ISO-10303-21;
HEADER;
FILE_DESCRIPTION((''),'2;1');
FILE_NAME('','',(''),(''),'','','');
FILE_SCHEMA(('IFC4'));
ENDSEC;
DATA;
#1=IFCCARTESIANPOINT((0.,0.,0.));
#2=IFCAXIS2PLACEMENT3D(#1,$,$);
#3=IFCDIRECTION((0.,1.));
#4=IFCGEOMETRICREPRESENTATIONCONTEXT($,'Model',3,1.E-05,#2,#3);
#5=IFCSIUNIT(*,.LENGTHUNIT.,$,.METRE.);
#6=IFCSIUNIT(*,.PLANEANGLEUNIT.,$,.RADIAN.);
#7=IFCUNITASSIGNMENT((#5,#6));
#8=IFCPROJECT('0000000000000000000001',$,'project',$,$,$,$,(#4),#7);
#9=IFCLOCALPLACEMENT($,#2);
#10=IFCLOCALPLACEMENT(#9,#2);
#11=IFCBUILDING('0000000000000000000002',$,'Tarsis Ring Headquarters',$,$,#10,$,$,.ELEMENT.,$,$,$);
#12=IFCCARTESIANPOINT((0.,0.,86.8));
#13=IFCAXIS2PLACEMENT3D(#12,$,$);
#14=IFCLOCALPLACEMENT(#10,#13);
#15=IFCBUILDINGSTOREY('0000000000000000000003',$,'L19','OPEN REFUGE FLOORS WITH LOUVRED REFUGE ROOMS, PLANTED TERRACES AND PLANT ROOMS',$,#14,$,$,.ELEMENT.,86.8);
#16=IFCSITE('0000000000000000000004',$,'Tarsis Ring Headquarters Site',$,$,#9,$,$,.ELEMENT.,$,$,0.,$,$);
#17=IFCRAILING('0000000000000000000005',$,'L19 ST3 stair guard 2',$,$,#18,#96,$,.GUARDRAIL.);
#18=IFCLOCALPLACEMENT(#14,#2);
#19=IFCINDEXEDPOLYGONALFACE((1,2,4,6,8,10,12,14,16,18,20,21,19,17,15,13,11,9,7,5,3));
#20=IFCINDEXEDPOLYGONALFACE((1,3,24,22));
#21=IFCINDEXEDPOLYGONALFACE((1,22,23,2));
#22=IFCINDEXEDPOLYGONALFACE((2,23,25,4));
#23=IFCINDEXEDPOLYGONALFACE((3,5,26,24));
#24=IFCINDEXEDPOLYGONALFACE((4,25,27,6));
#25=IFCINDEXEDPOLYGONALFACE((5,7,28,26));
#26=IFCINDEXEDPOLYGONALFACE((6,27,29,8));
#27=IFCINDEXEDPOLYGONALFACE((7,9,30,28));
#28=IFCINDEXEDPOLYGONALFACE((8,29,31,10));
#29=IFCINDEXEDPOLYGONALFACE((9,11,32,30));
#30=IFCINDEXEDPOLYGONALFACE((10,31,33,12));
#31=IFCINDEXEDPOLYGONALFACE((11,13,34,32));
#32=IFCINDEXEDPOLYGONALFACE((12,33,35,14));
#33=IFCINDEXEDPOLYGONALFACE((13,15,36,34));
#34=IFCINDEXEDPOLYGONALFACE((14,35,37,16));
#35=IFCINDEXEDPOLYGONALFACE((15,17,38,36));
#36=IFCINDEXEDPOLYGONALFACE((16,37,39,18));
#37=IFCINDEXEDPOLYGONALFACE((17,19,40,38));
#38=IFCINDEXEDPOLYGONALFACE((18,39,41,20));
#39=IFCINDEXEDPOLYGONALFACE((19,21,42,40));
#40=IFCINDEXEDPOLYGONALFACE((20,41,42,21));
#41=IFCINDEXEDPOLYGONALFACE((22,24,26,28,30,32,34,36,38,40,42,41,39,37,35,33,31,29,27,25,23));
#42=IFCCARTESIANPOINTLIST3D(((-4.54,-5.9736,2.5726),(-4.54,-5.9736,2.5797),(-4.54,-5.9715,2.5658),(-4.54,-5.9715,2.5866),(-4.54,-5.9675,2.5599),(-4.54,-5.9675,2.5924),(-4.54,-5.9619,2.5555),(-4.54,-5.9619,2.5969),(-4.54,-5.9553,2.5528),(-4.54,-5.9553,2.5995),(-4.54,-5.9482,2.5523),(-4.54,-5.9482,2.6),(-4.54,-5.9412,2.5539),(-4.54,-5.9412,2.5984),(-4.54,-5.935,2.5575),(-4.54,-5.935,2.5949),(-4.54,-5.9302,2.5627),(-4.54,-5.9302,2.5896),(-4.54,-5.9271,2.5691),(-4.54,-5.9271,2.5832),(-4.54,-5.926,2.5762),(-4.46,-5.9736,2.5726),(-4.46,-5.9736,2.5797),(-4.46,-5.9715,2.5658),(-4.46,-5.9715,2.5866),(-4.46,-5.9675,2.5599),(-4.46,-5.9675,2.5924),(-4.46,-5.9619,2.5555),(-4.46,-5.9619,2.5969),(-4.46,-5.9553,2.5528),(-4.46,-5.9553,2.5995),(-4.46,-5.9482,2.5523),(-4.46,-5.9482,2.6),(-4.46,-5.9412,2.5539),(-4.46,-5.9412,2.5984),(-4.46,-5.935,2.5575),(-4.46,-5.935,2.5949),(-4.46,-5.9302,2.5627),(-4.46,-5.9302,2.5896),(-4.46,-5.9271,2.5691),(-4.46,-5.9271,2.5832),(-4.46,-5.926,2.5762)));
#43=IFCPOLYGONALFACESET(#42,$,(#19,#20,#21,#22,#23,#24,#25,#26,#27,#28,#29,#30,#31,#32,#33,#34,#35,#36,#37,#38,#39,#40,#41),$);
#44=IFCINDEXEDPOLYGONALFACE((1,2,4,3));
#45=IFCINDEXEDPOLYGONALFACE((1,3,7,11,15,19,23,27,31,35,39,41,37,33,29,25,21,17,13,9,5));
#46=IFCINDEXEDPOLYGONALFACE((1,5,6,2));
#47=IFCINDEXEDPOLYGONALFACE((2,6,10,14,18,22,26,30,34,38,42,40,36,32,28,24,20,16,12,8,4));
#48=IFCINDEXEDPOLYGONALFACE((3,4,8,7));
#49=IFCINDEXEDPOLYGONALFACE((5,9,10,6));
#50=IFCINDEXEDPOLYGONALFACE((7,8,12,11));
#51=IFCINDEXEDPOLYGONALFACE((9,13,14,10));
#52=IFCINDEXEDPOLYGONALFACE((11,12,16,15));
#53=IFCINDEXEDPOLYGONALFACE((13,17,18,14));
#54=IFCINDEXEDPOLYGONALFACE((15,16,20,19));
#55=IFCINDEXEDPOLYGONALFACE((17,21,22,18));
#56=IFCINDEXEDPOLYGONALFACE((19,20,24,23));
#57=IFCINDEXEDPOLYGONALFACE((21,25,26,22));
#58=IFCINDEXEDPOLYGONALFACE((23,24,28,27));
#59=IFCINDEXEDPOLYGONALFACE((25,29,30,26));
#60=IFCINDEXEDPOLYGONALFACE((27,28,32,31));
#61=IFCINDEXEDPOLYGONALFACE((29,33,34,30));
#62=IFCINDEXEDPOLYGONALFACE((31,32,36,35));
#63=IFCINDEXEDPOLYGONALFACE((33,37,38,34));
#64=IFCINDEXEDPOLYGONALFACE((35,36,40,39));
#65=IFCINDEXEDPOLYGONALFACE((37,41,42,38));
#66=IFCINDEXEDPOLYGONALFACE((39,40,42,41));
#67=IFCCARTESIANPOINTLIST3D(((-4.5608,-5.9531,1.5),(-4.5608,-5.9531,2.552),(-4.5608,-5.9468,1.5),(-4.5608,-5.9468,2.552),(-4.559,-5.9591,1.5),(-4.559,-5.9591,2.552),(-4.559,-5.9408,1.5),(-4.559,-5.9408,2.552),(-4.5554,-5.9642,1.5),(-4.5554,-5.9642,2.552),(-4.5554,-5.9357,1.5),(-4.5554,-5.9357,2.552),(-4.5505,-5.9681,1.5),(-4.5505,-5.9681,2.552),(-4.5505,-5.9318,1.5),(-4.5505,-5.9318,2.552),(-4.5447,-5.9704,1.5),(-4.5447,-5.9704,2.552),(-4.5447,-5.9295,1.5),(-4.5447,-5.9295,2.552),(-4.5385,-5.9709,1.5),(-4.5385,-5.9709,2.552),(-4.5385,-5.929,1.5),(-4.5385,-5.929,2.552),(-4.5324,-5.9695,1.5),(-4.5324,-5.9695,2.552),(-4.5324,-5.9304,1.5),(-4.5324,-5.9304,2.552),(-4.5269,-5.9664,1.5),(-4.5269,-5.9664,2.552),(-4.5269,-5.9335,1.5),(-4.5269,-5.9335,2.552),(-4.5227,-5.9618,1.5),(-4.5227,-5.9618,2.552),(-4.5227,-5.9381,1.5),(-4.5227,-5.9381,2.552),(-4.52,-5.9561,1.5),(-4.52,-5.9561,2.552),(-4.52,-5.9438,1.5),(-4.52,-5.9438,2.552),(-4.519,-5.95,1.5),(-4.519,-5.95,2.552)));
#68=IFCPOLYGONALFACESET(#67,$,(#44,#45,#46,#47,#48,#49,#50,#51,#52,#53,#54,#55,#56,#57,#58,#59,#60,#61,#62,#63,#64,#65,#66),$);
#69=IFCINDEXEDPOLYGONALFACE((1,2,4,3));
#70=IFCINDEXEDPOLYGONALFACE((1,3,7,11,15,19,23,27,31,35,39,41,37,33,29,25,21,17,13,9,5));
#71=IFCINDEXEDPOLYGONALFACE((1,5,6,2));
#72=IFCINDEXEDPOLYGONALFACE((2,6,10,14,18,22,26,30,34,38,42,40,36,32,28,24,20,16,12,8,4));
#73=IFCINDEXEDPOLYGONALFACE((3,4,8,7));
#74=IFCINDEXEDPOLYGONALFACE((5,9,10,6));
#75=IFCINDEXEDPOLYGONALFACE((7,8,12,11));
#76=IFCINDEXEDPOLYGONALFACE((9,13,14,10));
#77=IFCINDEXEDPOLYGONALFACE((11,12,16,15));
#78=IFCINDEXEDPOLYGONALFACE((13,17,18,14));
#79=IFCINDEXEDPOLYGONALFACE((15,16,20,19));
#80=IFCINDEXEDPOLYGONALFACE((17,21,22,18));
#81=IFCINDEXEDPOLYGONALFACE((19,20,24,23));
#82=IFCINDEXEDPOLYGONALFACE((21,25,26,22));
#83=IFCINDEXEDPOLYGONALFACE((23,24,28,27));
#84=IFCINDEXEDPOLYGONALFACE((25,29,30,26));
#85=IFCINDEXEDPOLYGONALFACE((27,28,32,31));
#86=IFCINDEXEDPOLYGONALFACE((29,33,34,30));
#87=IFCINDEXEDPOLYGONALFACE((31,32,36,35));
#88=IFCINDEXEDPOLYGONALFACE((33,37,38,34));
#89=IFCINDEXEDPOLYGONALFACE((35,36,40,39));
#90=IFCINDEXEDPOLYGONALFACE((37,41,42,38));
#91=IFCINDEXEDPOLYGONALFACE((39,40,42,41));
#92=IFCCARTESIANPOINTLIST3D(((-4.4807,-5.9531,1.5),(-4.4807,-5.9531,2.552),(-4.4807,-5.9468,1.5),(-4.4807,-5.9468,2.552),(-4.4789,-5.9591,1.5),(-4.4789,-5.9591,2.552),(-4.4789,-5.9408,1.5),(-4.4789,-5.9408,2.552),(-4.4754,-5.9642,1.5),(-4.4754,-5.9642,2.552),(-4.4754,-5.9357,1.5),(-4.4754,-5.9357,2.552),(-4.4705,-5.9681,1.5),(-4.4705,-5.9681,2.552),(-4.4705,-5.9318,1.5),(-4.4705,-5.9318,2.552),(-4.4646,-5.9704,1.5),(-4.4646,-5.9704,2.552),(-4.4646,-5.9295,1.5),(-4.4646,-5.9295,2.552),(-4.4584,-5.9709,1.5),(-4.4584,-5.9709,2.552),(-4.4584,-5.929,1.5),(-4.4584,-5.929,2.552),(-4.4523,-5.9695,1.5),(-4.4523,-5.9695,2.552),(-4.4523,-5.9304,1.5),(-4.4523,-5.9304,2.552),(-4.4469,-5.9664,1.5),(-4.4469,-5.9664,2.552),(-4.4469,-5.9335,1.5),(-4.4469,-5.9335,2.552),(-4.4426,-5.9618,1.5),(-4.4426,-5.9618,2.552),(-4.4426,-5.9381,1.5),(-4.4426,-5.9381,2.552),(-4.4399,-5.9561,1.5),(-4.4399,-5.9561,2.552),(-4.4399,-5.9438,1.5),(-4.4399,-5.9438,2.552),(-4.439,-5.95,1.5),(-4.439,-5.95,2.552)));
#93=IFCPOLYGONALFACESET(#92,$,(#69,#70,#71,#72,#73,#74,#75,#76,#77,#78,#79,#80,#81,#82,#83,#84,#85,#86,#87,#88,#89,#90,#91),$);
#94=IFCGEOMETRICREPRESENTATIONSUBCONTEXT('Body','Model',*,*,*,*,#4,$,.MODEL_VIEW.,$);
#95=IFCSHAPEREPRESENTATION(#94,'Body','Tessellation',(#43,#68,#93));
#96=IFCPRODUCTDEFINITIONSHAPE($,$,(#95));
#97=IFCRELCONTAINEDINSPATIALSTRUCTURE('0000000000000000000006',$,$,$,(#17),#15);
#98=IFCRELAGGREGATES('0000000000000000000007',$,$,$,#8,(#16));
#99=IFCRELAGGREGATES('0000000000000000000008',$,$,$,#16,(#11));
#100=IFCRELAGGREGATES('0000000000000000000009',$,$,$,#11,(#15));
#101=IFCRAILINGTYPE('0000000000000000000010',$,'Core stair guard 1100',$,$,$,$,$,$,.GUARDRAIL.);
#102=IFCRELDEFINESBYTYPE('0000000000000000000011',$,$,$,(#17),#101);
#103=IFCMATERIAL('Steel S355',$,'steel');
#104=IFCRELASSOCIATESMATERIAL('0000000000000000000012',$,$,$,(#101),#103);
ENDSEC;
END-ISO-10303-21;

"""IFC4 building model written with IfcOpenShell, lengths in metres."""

from ifc_helpers import new_model, si_unit, direction, frame, origin, origin_2d, place, context, subcontext, project, spatial, circle, extrude, material, type_object, element, save


model = new_model("IFC4")

# Units and contexts
model_context = context("Model", 3, precision=1e-05, world=origin(), true_north=direction((0.0, 1.0)))
body_context = subcontext(model_context, "Body", "Model", "MODEL_VIEW")
ifc_project = project(units=[si_unit("LENGTHUNIT", "METRE"), si_unit("PLANEANGLEUNIT", "RADIAN")], contexts=[model_context])

# Site, building, storey
site_placement = place(None, origin())
site = spatial("IfcSite", under=ifc_project, at=site_placement, Name="Tarsis Ring Headquarters Site", CompositionType="ELEMENT", RefElevation=0.0)
building_placement = place(site_placement, origin())
building = spatial("IfcBuilding", under=site, at=building_placement, Name="Tarsis Ring Headquarters", CompositionType="ELEMENT")
storey_placement = place(building_placement, frame((0.0, 0.0, 86.8)))
storey = spatial("IfcBuildingStorey", under=building, at=storey_placement, Name="L19", Description="OPEN REFUGE FLOORS WITH LOUVRED REFUGE ROOMS, PLANTED TERRACES AND PLANT ROOMS", CompositionType="ELEMENT", Elevation=86.8)

# Railing
ifc_material_1 = material(Name="Steel S355", Category="steel")
railing_type_1 = type_object("IfcRailingType", Name="Core stair guard 1100", PredefinedType="GUARDRAIL", material=ifc_material_1)
railing_1_placement = place(storey_placement, frame((-4.54, -5.95, 1.5)))
element("IfcRailing", 1, at=railing_1_placement, inside=storey, type_object=railing_type_1, Name="L19 ST3 stair guard 2", PredefinedType="GUARDRAIL", context=body_context, shape_type="SweptSolid", body=[
    extrude(circle(Radius=0.0239, at=origin_2d()), frame((0.0, 0.0, 1.0762), z_axis=(1.0, 0.0, 0.0), x_axis=(0.0, 1.0, 0.0)), (0.0, 0.0, 1.0), 0.0801),
    extrude(circle(Radius=0.021, at=origin_2d()), origin(), (0.0, 0.0, 1.0), 1.052),
    extrude(circle(Radius=0.021, at=origin_2d()), frame((0.0801, 0.0, 0.0)), (0.0, 0.0, 1.0), 1.052),
])

save(model, "model.ifc")
